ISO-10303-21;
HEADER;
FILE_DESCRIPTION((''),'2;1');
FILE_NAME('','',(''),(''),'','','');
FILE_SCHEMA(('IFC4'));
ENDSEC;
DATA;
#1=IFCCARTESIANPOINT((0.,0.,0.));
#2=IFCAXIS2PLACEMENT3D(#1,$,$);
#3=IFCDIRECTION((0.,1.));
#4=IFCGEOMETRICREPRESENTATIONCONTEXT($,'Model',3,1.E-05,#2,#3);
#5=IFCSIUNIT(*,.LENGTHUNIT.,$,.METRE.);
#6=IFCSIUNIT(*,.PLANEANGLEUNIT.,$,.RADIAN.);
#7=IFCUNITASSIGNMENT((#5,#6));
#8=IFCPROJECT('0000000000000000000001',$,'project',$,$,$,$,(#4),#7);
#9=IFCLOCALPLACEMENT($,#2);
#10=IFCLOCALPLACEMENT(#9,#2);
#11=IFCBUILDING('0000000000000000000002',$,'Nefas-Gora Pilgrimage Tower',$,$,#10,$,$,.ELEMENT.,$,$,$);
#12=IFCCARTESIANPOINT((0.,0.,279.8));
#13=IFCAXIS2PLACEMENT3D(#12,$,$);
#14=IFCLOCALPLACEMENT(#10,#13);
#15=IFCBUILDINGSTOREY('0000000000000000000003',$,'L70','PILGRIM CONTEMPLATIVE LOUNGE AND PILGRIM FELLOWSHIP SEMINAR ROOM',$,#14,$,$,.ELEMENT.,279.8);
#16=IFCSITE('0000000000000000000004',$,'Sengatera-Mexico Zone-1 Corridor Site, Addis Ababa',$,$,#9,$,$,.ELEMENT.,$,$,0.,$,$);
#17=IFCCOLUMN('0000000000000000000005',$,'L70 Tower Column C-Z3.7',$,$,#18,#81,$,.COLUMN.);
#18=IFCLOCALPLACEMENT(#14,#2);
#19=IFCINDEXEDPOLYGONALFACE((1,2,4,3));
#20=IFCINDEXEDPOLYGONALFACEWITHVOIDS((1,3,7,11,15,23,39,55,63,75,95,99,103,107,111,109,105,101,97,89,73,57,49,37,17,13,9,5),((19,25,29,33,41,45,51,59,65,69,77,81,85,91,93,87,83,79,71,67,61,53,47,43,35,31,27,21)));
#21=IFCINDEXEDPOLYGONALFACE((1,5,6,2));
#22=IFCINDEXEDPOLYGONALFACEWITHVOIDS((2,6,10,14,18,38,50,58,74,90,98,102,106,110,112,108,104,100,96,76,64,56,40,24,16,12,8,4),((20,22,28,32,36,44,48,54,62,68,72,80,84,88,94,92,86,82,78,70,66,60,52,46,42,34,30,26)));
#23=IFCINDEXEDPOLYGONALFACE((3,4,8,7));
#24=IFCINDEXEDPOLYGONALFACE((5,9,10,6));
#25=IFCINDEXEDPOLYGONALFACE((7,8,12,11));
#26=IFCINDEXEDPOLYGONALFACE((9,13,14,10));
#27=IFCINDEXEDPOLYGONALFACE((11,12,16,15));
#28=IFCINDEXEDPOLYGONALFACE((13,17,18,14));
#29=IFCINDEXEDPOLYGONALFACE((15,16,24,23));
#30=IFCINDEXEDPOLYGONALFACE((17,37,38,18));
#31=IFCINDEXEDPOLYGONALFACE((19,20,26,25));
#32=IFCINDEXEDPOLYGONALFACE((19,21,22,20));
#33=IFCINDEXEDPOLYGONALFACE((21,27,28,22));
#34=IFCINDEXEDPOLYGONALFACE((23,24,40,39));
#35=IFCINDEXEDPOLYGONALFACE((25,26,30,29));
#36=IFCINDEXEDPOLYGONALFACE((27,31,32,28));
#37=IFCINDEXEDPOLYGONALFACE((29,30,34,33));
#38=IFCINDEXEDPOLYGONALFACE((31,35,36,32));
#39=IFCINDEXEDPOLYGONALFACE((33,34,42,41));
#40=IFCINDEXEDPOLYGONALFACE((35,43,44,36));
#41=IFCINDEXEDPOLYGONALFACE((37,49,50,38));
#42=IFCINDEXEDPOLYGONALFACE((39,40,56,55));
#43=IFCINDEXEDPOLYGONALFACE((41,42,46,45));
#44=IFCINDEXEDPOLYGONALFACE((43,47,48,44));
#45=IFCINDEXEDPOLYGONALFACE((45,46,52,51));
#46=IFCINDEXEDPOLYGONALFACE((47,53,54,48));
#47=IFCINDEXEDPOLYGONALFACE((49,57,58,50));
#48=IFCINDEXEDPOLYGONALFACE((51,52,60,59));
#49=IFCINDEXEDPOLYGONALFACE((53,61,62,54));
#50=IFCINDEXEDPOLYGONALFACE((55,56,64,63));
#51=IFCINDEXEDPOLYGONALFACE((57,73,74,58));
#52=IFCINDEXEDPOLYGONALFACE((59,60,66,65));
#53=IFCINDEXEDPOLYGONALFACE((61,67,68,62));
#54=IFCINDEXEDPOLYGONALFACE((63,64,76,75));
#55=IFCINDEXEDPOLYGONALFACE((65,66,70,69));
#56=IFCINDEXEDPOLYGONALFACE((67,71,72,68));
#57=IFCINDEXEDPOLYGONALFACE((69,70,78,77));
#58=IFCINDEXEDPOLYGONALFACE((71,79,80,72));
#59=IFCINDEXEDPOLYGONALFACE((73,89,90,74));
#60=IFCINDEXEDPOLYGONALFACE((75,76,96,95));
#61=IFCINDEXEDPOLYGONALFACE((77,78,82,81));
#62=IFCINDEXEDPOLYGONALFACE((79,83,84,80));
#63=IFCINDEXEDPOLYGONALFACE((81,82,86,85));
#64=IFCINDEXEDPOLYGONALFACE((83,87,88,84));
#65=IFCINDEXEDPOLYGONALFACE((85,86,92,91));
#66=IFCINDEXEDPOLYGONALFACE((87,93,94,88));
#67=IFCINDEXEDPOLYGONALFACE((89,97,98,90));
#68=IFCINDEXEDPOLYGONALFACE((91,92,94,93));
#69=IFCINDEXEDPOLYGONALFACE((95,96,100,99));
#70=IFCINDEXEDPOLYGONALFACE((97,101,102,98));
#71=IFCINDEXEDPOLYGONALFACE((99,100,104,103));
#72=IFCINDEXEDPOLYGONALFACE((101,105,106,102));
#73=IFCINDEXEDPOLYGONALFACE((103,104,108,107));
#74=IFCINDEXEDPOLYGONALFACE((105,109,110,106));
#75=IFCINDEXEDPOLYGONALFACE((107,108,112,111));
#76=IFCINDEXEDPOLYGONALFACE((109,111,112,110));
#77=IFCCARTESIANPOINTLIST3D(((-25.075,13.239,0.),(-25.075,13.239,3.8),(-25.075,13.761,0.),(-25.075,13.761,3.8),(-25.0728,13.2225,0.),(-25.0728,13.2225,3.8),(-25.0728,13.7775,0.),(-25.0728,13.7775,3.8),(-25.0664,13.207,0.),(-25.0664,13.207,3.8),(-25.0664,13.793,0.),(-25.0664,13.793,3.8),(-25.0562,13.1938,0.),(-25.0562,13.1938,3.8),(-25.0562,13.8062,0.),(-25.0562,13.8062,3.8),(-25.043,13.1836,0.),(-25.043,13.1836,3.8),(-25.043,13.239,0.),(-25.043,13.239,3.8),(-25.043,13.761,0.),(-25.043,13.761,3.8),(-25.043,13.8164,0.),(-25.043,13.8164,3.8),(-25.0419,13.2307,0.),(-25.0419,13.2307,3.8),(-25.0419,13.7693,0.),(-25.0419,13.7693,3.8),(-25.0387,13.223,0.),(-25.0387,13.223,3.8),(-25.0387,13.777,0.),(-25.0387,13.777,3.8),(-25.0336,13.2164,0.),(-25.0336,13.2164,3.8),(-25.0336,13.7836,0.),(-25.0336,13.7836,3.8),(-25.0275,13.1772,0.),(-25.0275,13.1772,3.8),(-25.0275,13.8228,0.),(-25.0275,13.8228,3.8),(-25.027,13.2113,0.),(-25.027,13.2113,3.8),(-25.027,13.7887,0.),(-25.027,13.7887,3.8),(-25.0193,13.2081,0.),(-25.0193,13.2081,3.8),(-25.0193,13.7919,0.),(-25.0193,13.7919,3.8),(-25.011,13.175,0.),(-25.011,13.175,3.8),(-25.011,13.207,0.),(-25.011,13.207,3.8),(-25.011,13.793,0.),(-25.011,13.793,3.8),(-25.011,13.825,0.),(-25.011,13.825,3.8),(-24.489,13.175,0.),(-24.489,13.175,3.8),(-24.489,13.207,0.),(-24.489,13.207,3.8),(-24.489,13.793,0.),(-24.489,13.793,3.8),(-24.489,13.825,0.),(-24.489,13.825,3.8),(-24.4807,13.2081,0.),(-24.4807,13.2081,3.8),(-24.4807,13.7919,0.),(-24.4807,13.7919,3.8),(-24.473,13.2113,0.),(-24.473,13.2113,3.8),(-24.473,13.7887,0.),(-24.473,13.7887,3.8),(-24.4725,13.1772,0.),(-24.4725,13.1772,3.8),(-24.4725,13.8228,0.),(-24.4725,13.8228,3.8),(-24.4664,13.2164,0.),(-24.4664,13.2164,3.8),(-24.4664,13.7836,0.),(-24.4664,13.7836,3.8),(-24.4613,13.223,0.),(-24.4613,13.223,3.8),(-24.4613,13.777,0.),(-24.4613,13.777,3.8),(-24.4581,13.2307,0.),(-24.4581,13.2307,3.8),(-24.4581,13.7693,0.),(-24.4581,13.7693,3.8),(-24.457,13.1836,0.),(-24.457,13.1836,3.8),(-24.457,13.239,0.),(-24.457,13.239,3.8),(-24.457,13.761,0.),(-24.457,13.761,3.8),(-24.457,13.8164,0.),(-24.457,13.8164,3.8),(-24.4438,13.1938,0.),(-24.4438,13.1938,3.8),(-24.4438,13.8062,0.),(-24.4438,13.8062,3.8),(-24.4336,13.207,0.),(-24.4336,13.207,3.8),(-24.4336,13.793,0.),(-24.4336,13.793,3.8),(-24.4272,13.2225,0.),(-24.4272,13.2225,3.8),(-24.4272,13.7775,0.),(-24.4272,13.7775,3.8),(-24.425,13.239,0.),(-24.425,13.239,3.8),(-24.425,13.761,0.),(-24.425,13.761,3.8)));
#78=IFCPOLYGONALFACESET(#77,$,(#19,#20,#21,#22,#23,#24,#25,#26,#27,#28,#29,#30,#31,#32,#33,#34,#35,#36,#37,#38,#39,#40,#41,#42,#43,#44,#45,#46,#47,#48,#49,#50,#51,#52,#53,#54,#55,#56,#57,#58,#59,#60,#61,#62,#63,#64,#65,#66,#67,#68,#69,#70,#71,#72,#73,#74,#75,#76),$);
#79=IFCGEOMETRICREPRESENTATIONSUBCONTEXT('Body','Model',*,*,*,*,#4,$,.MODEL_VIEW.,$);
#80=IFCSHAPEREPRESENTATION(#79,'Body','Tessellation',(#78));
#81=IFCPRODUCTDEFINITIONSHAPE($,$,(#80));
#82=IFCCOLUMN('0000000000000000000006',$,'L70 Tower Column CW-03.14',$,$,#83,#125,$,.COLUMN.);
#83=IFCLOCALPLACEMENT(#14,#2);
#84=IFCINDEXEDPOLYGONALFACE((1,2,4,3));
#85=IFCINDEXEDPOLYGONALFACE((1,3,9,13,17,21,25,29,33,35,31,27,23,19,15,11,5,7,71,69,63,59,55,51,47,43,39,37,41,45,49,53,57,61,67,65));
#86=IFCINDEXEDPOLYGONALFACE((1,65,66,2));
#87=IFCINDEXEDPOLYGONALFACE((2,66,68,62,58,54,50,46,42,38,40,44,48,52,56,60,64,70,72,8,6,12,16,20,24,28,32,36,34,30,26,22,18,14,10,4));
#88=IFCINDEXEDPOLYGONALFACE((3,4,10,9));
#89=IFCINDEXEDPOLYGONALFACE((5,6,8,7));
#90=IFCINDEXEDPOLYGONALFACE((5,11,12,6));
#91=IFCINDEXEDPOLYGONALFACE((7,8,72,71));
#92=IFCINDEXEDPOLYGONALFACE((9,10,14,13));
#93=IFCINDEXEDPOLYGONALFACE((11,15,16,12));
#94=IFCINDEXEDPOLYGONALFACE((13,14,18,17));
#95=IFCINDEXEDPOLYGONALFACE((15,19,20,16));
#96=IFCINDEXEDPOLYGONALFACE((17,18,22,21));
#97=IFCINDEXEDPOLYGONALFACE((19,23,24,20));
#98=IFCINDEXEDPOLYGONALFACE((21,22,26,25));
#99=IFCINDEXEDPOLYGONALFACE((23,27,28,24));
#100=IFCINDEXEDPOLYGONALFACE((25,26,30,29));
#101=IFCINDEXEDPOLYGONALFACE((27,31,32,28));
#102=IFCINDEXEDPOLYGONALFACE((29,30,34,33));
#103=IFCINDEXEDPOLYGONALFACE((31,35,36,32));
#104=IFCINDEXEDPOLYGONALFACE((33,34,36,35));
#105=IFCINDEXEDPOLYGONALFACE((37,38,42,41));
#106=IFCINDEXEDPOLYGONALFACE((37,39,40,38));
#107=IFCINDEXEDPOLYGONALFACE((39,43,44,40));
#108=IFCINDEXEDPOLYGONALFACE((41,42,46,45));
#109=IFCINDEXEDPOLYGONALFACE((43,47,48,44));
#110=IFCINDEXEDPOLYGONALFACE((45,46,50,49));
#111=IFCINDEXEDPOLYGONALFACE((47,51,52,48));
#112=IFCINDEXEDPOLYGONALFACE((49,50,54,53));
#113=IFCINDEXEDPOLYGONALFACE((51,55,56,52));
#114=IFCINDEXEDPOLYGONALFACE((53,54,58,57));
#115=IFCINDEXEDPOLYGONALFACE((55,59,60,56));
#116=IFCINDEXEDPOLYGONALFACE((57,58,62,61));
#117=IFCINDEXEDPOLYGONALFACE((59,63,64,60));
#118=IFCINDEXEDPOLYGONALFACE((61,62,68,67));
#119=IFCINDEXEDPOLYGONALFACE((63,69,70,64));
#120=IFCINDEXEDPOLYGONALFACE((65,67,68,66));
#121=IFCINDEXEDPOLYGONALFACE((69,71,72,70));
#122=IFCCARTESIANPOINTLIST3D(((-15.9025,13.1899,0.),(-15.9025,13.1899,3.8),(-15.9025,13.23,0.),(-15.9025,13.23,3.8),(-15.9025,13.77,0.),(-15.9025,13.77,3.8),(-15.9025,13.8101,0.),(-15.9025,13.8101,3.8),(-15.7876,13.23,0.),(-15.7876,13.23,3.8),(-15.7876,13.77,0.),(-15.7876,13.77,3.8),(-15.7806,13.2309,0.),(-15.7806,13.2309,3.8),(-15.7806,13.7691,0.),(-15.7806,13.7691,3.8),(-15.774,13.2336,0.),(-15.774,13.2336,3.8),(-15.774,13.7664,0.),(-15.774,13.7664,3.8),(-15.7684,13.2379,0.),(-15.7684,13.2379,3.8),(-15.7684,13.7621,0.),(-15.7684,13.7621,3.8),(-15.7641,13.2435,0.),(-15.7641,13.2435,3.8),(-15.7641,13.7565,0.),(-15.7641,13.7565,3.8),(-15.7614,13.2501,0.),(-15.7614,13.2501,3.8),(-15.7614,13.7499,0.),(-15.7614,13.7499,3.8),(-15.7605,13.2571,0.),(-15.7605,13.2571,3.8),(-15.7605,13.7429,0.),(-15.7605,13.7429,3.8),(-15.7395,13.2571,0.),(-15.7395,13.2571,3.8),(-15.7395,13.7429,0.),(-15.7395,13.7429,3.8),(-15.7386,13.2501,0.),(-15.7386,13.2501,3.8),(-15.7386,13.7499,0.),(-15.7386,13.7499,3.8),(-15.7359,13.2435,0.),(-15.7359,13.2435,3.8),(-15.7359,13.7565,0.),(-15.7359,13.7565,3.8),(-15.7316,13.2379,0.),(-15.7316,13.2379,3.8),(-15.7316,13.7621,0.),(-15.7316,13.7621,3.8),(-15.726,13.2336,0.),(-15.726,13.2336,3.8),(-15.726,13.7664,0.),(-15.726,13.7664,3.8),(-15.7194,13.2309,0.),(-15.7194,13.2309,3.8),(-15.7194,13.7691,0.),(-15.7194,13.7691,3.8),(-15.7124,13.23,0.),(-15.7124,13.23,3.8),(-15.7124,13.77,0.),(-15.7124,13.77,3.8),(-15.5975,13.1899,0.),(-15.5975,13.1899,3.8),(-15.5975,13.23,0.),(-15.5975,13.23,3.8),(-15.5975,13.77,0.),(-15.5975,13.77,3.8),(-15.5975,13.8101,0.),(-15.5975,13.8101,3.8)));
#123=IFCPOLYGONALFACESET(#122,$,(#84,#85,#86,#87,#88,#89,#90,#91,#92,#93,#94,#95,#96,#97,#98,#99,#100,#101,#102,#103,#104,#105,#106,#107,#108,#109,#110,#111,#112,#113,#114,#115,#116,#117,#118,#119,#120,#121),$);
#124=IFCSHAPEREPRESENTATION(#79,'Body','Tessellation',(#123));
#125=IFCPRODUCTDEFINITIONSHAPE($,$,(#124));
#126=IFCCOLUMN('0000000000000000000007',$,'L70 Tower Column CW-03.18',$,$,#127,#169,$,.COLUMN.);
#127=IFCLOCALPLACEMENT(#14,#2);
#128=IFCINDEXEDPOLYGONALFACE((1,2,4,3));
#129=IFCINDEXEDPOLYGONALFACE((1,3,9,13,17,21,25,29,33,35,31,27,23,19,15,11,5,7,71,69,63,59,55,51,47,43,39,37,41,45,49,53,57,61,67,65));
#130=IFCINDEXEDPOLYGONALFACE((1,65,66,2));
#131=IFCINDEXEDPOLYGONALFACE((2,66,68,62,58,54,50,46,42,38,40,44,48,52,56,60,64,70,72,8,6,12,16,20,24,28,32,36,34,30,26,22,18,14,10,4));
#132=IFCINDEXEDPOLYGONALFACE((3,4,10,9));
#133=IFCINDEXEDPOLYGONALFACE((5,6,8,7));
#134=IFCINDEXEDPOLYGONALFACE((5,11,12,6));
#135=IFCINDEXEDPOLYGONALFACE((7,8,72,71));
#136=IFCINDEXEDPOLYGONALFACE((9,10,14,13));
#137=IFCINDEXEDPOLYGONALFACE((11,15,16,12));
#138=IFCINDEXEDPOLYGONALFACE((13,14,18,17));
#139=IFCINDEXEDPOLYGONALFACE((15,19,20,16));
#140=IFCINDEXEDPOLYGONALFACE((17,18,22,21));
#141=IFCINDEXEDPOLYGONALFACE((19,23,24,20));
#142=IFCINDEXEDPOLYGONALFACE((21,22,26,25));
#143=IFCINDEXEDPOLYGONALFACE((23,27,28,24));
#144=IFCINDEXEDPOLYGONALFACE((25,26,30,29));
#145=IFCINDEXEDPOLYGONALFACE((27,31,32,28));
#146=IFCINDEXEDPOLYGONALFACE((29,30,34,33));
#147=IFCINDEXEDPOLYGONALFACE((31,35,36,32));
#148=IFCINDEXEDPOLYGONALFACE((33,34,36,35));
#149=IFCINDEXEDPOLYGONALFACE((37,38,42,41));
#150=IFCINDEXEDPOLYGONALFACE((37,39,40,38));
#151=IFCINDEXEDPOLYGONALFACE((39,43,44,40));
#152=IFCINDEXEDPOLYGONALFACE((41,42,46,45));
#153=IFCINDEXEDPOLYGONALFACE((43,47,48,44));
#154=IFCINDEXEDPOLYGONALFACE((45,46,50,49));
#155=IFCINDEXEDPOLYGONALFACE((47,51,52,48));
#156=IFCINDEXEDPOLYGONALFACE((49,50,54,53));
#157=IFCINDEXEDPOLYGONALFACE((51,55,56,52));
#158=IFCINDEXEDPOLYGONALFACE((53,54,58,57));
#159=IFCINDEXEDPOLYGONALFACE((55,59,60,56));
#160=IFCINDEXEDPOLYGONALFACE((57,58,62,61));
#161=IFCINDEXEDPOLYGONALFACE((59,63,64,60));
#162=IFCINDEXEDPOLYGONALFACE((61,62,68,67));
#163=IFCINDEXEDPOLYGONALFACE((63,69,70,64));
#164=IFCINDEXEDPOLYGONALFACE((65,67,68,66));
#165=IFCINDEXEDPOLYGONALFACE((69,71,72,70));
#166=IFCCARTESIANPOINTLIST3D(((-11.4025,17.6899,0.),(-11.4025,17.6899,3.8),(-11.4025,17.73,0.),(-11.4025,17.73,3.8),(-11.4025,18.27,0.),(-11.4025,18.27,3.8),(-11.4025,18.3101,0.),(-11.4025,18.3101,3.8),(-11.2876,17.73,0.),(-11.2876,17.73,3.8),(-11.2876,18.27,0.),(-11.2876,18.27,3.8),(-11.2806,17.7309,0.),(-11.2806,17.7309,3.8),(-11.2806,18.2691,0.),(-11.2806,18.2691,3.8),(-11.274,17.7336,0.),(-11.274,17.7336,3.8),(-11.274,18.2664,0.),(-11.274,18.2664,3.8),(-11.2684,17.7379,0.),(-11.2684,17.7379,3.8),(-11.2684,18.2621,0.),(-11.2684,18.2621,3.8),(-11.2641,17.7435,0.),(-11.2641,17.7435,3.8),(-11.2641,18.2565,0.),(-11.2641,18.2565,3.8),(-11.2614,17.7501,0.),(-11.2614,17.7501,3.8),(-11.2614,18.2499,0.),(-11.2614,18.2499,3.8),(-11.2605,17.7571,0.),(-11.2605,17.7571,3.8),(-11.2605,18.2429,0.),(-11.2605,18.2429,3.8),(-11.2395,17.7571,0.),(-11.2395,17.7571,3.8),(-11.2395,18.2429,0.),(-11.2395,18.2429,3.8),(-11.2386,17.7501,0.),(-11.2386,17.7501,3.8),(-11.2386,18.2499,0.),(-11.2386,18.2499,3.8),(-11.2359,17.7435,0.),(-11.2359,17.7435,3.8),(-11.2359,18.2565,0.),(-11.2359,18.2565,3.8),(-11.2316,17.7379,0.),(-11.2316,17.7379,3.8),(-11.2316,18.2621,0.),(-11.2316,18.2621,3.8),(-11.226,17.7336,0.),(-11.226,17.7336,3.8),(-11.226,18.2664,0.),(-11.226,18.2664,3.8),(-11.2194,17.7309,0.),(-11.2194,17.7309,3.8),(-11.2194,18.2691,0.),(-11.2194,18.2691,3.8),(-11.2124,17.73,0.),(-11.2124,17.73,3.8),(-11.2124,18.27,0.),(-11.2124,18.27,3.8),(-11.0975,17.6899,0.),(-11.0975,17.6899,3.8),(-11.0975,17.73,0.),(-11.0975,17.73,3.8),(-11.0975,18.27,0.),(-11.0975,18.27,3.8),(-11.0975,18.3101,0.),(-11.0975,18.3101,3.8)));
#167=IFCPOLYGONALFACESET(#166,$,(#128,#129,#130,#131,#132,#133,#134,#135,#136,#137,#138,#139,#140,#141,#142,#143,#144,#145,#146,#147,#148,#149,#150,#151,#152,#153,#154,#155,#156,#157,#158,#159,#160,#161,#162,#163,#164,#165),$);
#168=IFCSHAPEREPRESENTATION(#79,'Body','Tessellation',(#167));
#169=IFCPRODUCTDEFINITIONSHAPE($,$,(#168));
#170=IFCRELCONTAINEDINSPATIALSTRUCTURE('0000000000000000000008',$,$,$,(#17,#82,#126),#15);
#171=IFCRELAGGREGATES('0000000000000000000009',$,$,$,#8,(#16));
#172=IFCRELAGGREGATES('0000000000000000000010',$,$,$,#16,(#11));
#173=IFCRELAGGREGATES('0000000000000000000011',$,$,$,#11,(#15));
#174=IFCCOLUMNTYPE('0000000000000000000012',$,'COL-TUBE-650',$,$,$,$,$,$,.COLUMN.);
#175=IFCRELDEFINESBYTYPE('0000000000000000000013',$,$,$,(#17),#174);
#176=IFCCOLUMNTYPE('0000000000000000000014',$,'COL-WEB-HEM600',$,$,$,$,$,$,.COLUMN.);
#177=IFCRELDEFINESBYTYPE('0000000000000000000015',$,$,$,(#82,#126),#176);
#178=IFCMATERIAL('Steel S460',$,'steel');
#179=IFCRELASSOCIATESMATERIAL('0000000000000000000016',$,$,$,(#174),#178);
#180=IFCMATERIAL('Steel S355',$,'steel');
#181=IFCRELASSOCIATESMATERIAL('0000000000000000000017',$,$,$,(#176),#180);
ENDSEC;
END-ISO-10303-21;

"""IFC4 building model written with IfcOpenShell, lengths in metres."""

from ifc_helpers import new_model, si_unit, direction, frame, origin, origin_2d, place, context, subcontext, project, spatial, hollow_rectangle, i_section, extrude, source, transform, mapped, material, material_profile, profile_set, type_object, element, save


model = new_model("IFC4")

# Units and contexts
model_context = context("Model", 3, precision=1e-05, world=origin(), true_north=direction((0.0, 1.0)))
body_context = subcontext(model_context, "Body", "Model", "MODEL_VIEW")
ifc_project = project(units=[si_unit("LENGTHUNIT", "METRE"), si_unit("PLANEANGLEUNIT", "RADIAN")], contexts=[model_context])

# Site, building, storey
site_placement = place(None, origin())
site = spatial("IfcSite", under=ifc_project, at=site_placement, Name="Sengatera-Mexico Zone-1 Corridor Site, Addis Ababa", CompositionType="ELEMENT", RefElevation=0.0)
building_placement = place(site_placement, origin())
building = spatial("IfcBuilding", under=site, at=building_placement, Name="Nefas-Gora Pilgrimage Tower", CompositionType="ELEMENT")
storey_placement = place(building_placement, frame((0.0, 0.0, 279.8)))
storey = spatial("IfcBuildingStorey", under=building, at=storey_placement, Name="L70", Description="PILGRIM CONTEMPLATIVE LOUNGE AND PILGRIM FELLOWSHIP SEMINAR ROOM", CompositionType="ELEMENT", Elevation=279.8)

# Columns
ifc_material_1 = material(Name="Steel S460", Category="steel")
ifc_material_profile_1 = material_profile(ifc_material_1, hollow_rectangle(XDim=0.6499, YDim=0.6499, WallThickness=0.032, InnerFilletRadius=0.032, OuterFilletRadius=0.064, at=origin_2d()), Name="BOX 650x650x32")
ifc_profile_set_1 = profile_set([ifc_material_profile_1], Name="Steel S460")
column_type_1 = type_object("IfcColumnType", Name="COL-TUBE-650", PredefinedType="COLUMN", material=ifc_profile_set_1)
shared_shape_1 = source(origin(), body_context, "Body", "SweptSolid", [
    extrude(hollow_rectangle(XDim=0.6499, YDim=0.6499, WallThickness=0.032, InnerFilletRadius=0.032, OuterFilletRadius=0.064, at=origin_2d()), origin(), (0.0, 0.0, 1.0), 3.8),
])
column_placement = place(storey_placement, frame((-24.75, 13.5, 0.0), z_axis=(0.0, 0.0, 1.0), x_axis=(1.0, 0.0, 0.0)))
element("IfcColumn", 1, at=column_placement, inside=storey, type_object=column_type_1, Name="L70 Tower Column C-Z3.7", PredefinedType="COLUMN", context=body_context, shape_type="MappedRepresentation", body=[
    mapped(shared_shape_1, transform((0.0, 0.0, 0.0), x_axis=(1.0, 0.0, 0.0), y_axis=(0.0, 1.0, 0.0), z_axis=(0.0, 0.0, 1.0), scale=1.0)),
])
ifc_material_2 = material(Name="Steel S355", Category="steel")
ifc_material_profile_2 = material_profile(ifc_material_2, i_section(OverallWidth=0.3049, OverallDepth=0.6201, WebThickness=0.021, FlangeThickness=0.04, FilletRadius=0.0271, at=origin_2d()), Name="HEM 600")
ifc_profile_set_2 = profile_set([ifc_material_profile_2], Name="Steel S355")
column_type_2 = type_object("IfcColumnType", Name="COL-WEB-HEM600", PredefinedType="COLUMN", material=ifc_profile_set_2)
shared_shape_2 = source(origin(), body_context, "Body", "SweptSolid", [
    extrude(i_section(OverallWidth=0.3049, OverallDepth=0.6201, WebThickness=0.021, FlangeThickness=0.04, FilletRadius=0.0271, at=origin_2d()), origin(), (0.0, 0.0, 1.0), 3.8),
])
for number, where, z_axis, x_axis, name in (
    (2, (-15.75, 13.5, 0.0), (0.0, 0.0, 1.0), (1.0, 0.0, 0.0), "L70 Tower Column CW-03.14"),
    (3, (-11.25, 18.0, 0.0), (0.0, 0.0, 1.0), (1.0, 0.0, 0.0), "L70 Tower Column CW-03.18"),
):
    element("IfcColumn", number, at=place(storey_placement, frame(where, z_axis=z_axis, x_axis=x_axis)), inside=storey, type_object=column_type_2, Name=name, PredefinedType="COLUMN", context=body_context, shape_type="MappedRepresentation", body=[
        mapped(shared_shape_2, transform((0.0, 0.0, 0.0), x_axis=(1.0, 0.0, 0.0), y_axis=(0.0, 1.0, 0.0), z_axis=(0.0, 0.0, 1.0), scale=1.0)),
    ])

save(model, "model.ifc")
